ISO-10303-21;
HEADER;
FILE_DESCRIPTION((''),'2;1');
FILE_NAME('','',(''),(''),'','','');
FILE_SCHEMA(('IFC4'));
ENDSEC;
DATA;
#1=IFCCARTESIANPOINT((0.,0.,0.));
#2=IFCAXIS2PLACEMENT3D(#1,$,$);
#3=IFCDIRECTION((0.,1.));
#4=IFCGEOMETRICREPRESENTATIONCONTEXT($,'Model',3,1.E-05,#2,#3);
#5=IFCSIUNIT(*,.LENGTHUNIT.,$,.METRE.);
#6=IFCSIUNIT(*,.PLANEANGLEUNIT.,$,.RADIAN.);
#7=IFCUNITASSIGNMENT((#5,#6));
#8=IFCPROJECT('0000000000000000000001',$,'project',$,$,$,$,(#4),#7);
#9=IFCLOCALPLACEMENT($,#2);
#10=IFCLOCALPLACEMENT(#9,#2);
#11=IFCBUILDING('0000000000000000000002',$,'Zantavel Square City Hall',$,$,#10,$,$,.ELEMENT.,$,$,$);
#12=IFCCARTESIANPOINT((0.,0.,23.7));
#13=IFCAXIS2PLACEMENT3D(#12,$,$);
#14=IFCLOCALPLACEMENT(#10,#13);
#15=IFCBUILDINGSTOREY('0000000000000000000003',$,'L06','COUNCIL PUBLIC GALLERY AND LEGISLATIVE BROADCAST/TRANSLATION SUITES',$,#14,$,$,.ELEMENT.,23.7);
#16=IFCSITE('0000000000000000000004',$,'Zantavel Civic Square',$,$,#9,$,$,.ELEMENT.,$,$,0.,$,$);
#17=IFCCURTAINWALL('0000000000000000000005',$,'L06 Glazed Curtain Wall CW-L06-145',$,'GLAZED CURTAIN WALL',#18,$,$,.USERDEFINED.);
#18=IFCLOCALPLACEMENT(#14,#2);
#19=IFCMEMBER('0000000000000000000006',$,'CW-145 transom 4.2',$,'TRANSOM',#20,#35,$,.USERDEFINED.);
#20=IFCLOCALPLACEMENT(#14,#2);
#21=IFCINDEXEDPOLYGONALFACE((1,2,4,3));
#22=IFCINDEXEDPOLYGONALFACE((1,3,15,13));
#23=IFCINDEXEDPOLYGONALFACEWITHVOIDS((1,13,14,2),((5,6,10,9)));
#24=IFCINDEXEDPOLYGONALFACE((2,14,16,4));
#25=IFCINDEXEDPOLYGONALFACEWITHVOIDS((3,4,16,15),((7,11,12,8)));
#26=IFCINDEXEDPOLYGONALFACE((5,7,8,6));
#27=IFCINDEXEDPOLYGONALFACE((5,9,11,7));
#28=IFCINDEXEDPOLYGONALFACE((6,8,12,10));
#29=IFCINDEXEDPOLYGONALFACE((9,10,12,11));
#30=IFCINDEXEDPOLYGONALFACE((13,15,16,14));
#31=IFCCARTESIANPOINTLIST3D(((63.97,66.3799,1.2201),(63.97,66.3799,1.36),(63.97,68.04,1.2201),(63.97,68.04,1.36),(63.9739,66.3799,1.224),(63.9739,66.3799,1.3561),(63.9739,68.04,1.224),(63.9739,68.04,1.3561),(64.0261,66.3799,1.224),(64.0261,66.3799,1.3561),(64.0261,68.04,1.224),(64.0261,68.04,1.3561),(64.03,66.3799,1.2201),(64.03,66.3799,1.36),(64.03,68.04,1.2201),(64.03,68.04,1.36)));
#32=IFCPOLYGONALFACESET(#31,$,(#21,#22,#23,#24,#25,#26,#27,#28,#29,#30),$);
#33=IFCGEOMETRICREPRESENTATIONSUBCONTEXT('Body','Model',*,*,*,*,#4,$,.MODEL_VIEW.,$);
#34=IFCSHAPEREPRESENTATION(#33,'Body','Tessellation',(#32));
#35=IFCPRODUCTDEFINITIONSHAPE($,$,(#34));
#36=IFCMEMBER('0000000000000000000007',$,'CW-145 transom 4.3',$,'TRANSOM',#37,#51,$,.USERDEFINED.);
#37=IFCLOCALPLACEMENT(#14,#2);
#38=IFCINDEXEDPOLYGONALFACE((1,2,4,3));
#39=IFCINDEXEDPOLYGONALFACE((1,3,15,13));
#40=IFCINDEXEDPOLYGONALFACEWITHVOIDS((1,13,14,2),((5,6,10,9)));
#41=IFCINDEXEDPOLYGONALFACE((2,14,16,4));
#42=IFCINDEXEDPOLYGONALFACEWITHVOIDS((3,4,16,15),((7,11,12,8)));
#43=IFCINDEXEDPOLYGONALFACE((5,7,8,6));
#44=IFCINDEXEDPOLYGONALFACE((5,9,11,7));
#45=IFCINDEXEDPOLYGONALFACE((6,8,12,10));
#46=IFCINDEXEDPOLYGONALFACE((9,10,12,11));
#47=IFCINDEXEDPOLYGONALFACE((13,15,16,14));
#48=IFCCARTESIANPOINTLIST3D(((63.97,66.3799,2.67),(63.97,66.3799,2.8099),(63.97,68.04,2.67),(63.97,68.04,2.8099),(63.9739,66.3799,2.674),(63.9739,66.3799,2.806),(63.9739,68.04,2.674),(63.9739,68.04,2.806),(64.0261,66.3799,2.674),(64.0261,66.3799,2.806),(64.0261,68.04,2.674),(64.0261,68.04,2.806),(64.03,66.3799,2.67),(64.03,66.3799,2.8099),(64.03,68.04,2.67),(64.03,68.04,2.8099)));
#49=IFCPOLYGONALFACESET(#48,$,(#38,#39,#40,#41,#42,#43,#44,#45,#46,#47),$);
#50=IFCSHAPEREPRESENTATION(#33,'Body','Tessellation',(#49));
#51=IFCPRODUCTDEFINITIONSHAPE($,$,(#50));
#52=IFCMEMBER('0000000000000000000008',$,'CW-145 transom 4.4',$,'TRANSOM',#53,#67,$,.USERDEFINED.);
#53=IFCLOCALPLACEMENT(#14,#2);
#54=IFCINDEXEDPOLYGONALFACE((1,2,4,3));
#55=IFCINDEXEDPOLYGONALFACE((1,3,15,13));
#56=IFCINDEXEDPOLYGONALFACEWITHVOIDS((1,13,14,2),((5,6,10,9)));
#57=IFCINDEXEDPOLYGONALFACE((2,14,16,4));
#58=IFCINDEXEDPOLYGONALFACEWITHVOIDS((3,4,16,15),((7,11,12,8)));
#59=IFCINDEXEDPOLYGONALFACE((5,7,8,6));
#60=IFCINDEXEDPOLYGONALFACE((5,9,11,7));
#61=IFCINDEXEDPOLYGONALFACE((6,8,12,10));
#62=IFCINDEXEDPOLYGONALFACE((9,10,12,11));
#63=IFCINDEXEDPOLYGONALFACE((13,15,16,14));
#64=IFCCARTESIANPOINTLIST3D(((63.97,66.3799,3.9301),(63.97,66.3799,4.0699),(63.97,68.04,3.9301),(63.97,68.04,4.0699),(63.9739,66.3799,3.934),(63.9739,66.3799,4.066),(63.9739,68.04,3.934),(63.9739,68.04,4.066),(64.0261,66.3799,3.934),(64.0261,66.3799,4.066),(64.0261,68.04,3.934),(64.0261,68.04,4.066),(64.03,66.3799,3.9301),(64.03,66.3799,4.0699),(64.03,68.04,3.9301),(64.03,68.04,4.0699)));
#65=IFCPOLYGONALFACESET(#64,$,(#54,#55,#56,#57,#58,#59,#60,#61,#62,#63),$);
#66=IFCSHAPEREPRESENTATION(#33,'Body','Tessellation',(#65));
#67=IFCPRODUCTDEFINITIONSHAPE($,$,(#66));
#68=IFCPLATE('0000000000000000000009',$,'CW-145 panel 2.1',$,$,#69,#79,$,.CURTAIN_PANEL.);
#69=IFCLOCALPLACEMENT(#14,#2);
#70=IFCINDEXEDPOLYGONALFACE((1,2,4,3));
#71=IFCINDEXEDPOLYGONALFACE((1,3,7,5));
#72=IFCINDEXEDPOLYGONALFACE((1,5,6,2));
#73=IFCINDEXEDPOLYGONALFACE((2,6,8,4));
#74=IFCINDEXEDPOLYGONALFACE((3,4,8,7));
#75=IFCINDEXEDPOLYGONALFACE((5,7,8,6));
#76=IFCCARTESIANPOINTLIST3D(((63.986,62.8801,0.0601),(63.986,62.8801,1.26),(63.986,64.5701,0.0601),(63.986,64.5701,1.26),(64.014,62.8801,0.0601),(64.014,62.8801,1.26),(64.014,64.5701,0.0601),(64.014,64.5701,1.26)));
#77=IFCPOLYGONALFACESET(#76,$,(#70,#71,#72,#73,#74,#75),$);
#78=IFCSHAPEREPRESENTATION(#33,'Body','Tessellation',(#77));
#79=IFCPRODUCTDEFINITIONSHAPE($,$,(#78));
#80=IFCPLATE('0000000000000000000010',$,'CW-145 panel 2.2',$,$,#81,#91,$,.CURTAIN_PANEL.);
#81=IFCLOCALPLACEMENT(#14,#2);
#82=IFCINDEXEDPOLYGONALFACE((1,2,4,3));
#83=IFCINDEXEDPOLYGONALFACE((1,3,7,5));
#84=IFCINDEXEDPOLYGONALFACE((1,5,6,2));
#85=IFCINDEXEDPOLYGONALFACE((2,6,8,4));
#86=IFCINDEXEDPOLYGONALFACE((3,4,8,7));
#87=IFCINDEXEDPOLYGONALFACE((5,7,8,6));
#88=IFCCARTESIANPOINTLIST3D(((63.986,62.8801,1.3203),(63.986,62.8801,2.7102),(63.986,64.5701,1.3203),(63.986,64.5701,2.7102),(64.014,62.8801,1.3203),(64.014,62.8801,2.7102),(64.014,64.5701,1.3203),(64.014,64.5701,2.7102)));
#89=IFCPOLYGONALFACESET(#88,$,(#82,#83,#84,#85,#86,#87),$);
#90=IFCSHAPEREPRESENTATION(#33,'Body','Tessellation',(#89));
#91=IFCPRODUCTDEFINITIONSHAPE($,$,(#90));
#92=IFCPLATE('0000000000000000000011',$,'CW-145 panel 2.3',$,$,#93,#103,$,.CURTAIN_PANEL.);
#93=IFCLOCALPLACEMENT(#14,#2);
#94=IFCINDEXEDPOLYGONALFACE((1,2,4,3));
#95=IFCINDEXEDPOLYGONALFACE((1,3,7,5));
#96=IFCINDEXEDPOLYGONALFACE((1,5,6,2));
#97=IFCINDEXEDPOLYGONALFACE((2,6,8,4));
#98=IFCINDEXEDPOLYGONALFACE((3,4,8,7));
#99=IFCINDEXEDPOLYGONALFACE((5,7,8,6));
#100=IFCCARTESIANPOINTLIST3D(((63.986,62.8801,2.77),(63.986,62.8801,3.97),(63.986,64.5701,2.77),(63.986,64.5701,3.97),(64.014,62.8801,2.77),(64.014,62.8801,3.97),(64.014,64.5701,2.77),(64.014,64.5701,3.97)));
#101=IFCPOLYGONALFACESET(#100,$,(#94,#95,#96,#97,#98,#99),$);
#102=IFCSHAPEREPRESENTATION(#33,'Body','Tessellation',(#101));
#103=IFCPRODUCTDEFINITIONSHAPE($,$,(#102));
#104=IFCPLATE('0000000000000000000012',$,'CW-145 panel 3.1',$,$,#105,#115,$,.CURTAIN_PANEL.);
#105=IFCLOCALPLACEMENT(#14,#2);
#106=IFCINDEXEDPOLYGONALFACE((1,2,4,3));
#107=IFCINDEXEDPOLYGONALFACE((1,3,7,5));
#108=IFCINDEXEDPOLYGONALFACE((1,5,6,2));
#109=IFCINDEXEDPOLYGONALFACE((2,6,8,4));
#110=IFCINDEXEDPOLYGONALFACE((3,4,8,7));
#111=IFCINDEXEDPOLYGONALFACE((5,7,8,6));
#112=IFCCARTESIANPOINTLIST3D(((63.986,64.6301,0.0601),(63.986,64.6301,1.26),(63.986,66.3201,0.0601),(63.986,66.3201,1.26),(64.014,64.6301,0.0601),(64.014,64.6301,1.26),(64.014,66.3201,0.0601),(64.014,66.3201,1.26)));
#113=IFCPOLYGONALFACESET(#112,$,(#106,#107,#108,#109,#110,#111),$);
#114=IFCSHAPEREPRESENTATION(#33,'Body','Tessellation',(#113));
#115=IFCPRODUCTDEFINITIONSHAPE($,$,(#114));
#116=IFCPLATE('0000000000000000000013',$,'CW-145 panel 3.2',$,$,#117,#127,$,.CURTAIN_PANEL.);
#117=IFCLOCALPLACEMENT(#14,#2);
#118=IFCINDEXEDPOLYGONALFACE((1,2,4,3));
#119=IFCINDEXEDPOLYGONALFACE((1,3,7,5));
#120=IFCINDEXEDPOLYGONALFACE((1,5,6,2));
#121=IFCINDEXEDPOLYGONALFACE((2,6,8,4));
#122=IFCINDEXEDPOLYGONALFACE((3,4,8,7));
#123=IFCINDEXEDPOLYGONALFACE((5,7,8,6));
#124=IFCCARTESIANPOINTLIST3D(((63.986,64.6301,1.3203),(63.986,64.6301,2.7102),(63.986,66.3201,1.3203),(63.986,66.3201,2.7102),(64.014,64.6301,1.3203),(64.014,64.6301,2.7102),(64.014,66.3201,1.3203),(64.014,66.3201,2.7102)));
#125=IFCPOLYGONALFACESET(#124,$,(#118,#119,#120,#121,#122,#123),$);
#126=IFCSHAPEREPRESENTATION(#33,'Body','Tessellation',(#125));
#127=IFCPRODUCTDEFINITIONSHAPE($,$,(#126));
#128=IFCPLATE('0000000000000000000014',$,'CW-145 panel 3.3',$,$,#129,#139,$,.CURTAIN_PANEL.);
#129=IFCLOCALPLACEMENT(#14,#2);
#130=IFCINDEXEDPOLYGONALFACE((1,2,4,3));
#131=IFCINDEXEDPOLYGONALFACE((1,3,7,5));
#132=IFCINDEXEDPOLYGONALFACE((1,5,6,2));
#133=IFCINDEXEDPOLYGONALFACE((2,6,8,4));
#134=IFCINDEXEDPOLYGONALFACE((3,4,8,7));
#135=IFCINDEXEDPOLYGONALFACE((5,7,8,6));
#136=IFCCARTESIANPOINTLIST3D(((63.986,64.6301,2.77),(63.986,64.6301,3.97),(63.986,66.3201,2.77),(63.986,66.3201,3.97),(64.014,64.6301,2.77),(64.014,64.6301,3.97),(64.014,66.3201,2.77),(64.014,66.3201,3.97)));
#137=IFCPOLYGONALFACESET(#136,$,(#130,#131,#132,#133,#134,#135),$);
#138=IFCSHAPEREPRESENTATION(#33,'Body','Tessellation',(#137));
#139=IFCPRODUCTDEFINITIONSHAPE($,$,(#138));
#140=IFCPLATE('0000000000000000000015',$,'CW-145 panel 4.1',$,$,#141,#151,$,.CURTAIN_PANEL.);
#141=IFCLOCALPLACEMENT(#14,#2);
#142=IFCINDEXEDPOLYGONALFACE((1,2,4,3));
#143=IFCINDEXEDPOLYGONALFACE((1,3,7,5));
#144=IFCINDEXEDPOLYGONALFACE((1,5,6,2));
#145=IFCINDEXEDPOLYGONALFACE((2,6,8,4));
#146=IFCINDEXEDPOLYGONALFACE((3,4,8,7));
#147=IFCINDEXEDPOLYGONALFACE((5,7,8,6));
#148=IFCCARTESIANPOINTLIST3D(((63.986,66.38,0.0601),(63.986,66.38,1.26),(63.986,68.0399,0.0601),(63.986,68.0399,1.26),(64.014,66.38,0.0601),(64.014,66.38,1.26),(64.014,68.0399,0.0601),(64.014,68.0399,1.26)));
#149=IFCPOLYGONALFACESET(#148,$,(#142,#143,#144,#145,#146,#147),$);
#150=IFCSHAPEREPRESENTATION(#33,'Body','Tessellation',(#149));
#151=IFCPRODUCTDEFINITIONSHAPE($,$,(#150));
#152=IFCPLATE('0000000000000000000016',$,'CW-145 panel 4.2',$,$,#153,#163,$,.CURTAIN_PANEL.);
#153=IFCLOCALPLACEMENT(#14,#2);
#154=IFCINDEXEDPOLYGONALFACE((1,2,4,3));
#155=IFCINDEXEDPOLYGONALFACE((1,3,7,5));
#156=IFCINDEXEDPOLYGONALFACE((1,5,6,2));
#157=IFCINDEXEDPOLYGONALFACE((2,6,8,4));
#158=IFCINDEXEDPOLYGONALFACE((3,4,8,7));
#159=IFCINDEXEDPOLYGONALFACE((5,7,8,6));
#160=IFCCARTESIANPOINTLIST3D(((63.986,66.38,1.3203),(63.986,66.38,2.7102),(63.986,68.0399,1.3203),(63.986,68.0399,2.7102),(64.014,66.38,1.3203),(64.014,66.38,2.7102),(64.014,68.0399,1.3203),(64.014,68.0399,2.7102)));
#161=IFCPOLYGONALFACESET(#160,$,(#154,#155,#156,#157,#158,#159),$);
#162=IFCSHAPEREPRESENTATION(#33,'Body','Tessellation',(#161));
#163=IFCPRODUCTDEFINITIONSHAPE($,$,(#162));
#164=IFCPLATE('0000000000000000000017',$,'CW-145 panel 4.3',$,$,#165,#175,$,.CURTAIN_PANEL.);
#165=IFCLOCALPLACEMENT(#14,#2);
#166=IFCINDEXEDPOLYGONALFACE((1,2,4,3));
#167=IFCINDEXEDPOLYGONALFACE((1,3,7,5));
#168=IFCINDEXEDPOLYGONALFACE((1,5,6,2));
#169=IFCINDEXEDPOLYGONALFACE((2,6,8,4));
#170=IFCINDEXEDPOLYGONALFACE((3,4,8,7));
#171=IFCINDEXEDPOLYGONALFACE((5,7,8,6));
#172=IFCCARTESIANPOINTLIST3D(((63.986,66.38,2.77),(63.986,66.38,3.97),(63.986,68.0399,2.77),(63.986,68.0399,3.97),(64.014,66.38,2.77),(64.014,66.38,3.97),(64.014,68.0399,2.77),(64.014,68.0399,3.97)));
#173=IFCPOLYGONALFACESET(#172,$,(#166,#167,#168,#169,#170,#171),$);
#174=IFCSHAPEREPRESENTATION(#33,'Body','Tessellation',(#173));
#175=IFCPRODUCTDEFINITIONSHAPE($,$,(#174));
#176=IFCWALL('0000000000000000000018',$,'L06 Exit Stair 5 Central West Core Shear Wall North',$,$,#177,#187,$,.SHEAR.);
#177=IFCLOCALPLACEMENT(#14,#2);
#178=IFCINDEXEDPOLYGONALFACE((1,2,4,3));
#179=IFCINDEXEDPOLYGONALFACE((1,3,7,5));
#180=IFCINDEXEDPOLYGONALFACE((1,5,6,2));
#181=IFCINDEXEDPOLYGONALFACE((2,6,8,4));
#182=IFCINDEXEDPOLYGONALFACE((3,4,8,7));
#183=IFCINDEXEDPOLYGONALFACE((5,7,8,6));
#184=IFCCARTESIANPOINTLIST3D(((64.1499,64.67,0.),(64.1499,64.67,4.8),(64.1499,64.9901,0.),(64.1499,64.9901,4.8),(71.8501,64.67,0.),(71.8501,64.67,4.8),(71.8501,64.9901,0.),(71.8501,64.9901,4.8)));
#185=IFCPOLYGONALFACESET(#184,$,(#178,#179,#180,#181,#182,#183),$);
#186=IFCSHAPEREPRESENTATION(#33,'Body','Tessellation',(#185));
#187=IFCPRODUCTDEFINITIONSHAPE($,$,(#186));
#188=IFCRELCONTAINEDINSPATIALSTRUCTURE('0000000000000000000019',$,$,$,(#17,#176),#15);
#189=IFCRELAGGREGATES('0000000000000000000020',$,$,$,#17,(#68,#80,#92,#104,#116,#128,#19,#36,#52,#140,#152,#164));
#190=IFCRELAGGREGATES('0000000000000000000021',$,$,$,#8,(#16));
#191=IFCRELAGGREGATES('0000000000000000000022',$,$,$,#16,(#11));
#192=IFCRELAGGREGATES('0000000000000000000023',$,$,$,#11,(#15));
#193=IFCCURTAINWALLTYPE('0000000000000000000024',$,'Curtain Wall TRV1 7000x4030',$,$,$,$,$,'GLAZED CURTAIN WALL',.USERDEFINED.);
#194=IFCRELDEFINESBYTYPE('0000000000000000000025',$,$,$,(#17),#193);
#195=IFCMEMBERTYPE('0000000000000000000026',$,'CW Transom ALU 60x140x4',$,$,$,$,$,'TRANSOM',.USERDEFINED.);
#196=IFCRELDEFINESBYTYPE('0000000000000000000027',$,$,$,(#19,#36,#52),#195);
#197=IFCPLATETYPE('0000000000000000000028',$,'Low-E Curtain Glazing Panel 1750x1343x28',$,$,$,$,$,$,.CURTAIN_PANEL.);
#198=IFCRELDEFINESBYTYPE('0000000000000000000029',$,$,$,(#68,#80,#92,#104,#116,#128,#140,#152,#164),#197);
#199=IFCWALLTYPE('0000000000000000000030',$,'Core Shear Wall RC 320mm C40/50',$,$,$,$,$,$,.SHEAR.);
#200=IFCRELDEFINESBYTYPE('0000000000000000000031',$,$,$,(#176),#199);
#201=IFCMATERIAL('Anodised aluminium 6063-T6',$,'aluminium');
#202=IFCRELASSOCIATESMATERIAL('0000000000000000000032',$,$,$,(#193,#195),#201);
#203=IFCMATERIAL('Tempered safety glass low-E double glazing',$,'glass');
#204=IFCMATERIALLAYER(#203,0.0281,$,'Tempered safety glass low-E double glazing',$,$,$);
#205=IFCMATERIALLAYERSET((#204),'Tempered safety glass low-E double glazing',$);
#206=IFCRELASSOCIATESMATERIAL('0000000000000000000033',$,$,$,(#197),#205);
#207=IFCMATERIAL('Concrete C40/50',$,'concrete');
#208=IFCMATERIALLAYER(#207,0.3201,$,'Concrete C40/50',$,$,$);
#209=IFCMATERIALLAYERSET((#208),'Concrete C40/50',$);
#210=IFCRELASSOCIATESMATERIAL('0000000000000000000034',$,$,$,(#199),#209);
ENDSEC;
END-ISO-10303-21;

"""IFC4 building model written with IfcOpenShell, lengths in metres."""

from ifc_helpers import new_model, si_unit, direction, frame, frame_2d, origin, origin_2d, place, context, subcontext, project, spatial, rectangle, hollow_rectangle, extrude, material, layer, layer_set, material_profile, profile_set, type_object, element, aggregate, save


model = new_model("IFC4")

# Units and contexts
model_context = context("Model", 3, precision=1e-05, world=origin(), true_north=direction((0.0, 1.0)))
body_context = subcontext(model_context, "Body", "Model", "MODEL_VIEW")
ifc_project = project(units=[si_unit("LENGTHUNIT", "METRE"), si_unit("PLANEANGLEUNIT", "RADIAN")], contexts=[model_context])

# Site, building, storey
site_placement = place(None, origin())
site = spatial("IfcSite", under=ifc_project, at=site_placement, Name="Zantavel Civic Square", CompositionType="ELEMENT", RefElevation=0.0)
building_placement = place(site_placement, origin())
building = spatial("IfcBuilding", under=site, at=building_placement, Name="Zantavel Square City Hall", CompositionType="ELEMENT")
storey_placement = place(building_placement, frame((0.0, 0.0, 23.7)))
storey = spatial("IfcBuildingStorey", under=building, at=storey_placement, Name="L06", Description="COUNCIL PUBLIC GALLERY AND LEGISLATIVE BROADCAST/TRANSLATION SUITES", CompositionType="ELEMENT", Elevation=23.7)

# Shared definitions
ifc_material_1 = material(Name="Concrete C40/50", Category="concrete")

# Curtain wall, members, plates
ifc_material_2 = material(Name="Anodised aluminium 6063-T6", Category="aluminium")
curtain_wall_type = type_object("IfcCurtainWallType", Name="Curtain Wall TRV1 7000x4030", ElementType="GLAZED CURTAIN WALL", PredefinedType="USERDEFINED", material=ifc_material_2)
curtain_wall_placement = place(storey_placement, origin())
curtain_wall = element("IfcCurtainWall", 1, at=curtain_wall_placement, inside=storey, type_object=curtain_wall_type, Name="L06 Glazed Curtain Wall CW-L06-145", ObjectType="GLAZED CURTAIN WALL", PredefinedType="USERDEFINED")
ifc_material_profile_1 = material_profile(ifc_material_2, hollow_rectangle(XDim=0.0601, YDim=0.1399, WallThickness=0.0039, at=origin_2d()), Name="ALU 60x140x4")
ifc_profile_set_1 = profile_set([ifc_material_profile_1], Name="Anodised aluminium 6063-T6")
member_type_1 = type_object("IfcMemberType", Name="CW Transom ALU 60x140x4", ElementType="TRANSOM", PredefinedType="USERDEFINED", material=ifc_profile_set_1)
member_1_placement = place(storey_placement, frame((64.0, 66.3799, 1.29), z_axis=(0.0, 1.0, 0.0), x_axis=(-1.0, 0.0, 0.0)))
member_1 = element("IfcMember", 2, at=member_1_placement, type_object=member_type_1, Name="CW-145 transom 4.2", ObjectType="TRANSOM", PredefinedType="USERDEFINED", context=body_context, shape_type="SweptSolid", body=[
    extrude(hollow_rectangle(XDim=0.0601, YDim=0.1399, WallThickness=0.0039, at=origin_2d()), origin(), (0.0, 0.0, 1.0), 1.6602),
])
member_2_placement = place(storey_placement, frame((64.0, 66.3799, 2.74), z_axis=(0.0, 1.0, 0.0), x_axis=(-1.0, 0.0, 0.0)))
member_2 = element("IfcMember", 3, at=member_2_placement, type_object=member_type_1, Name="CW-145 transom 4.3", ObjectType="TRANSOM", PredefinedType="USERDEFINED", context=body_context, shape_type="SweptSolid", body=[
    extrude(hollow_rectangle(XDim=0.0601, YDim=0.1399, WallThickness=0.0039, at=origin_2d()), origin(), (0.0, 0.0, 1.0), 1.6602),
])
member_3_placement = place(storey_placement, frame((64.0, 66.3799, 4.0), z_axis=(0.0, 1.0, 0.0), x_axis=(-1.0, 0.0, 0.0)))
member_3 = element("IfcMember", 4, at=member_3_placement, type_object=member_type_1, Name="CW-145 transom 4.4", ObjectType="TRANSOM", PredefinedType="USERDEFINED", context=body_context, shape_type="SweptSolid", body=[
    extrude(hollow_rectangle(XDim=0.0601, YDim=0.1399, WallThickness=0.0039, at=origin_2d()), origin(), (0.0, 0.0, 1.0), 1.6602),
])
ifc_material_3 = material(Name="Tempered safety glass low-E double glazing", Category="glass")
ifc_layer_1 = layer(ifc_material_3, 0.0281, Name="Tempered safety glass low-E double glazing")
ifc_layer_set_1 = layer_set([ifc_layer_1], Name="Tempered safety glass low-E double glazing")
plate_type = type_object("IfcPlateType", Name="Low-E Curtain Glazing Panel 1750x1343x28", PredefinedType="CURTAIN_PANEL", material=ifc_layer_set_1)
plate_1_placement = place(storey_placement, frame((64.0, 63.7251, 0.0601), z_axis=(0.0, 0.0, 1.0), x_axis=(0.0, 1.0, 0.0)))
plate_1 = element("IfcPlate", 5, at=plate_1_placement, type_object=plate_type, Name="CW-145 panel 2.1", PredefinedType="CURTAIN_PANEL", context=body_context, shape_type="SweptSolid", body=[
    extrude(rectangle(XDim=1.6899, YDim=0.0281, at=origin_2d()), origin(), (0.0, 0.0, 1.0), 1.2),
])
plate_2_placement = place(storey_placement, frame((64.0, 63.7251, 1.3203), z_axis=(0.0, 0.0, 1.0), x_axis=(0.0, 1.0, 0.0)))
plate_2 = element("IfcPlate", 6, at=plate_2_placement, type_object=plate_type, Name="CW-145 panel 2.2", PredefinedType="CURTAIN_PANEL", context=body_context, shape_type="SweptSolid", body=[
    extrude(rectangle(XDim=1.6899, YDim=0.0281, at=origin_2d()), origin(), (0.0, 0.0, 1.0), 1.3899),
])
plate_3_placement = place(storey_placement, frame((64.0, 63.7251, 2.77), z_axis=(0.0, 0.0, 1.0), x_axis=(0.0, 1.0, 0.0)))
plate_3 = element("IfcPlate", 7, at=plate_3_placement, type_object=plate_type, Name="CW-145 panel 2.3", PredefinedType="CURTAIN_PANEL", context=body_context, shape_type="SweptSolid", body=[
    extrude(rectangle(XDim=1.6899, YDim=0.0281, at=origin_2d()), origin(), (0.0, 0.0, 1.0), 1.2),
])
plate_4_placement = place(storey_placement, frame((64.0, 65.4751, 0.0601), z_axis=(0.0, 0.0, 1.0), x_axis=(0.0, 1.0, 0.0)))
plate_4 = element("IfcPlate", 8, at=plate_4_placement, type_object=plate_type, Name="CW-145 panel 3.1", PredefinedType="CURTAIN_PANEL", context=body_context, shape_type="SweptSolid", body=[
    extrude(rectangle(XDim=1.6899, YDim=0.0281, at=origin_2d()), origin(), (0.0, 0.0, 1.0), 1.2),
])
plate_5_placement = place(storey_placement, frame((64.0, 65.4751, 1.3203), z_axis=(0.0, 0.0, 1.0), x_axis=(0.0, 1.0, 0.0)))
plate_5 = element("IfcPlate", 9, at=plate_5_placement, type_object=plate_type, Name="CW-145 panel 3.2", PredefinedType="CURTAIN_PANEL", context=body_context, shape_type="SweptSolid", body=[
    extrude(rectangle(XDim=1.6899, YDim=0.0281, at=origin_2d()), origin(), (0.0, 0.0, 1.0), 1.3899),
])
plate_6_placement = place(storey_placement, frame((64.0, 65.4751, 2.77), z_axis=(0.0, 0.0, 1.0), x_axis=(0.0, 1.0, 0.0)))
plate_6 = element("IfcPlate", 10, at=plate_6_placement, type_object=plate_type, Name="CW-145 panel 3.3", PredefinedType="CURTAIN_PANEL", context=body_context, shape_type="SweptSolid", body=[
    extrude(rectangle(XDim=1.6899, YDim=0.0281, at=origin_2d()), origin(), (0.0, 0.0, 1.0), 1.2),
])
plate_7_placement = place(storey_placement, frame((64.0, 67.21, 0.0601), z_axis=(0.0, 0.0, 1.0), x_axis=(0.0, 1.0, 0.0)))
plate_7 = element("IfcPlate", 11, at=plate_7_placement, type_object=plate_type, Name="CW-145 panel 4.1", PredefinedType="CURTAIN_PANEL", context=body_context, shape_type="SweptSolid", body=[
    extrude(rectangle(XDim=1.6599, YDim=0.0281, at=origin_2d()), origin(), (0.0, 0.0, 1.0), 1.2),
])
plate_8_placement = place(storey_placement, frame((64.0, 67.21, 1.3203), z_axis=(0.0, 0.0, 1.0), x_axis=(0.0, 1.0, 0.0)))
plate_8 = element("IfcPlate", 12, at=plate_8_placement, type_object=plate_type, Name="CW-145 panel 4.2", PredefinedType="CURTAIN_PANEL", context=body_context, shape_type="SweptSolid", body=[
    extrude(rectangle(XDim=1.6599, YDim=0.0281, at=origin_2d()), origin(), (0.0, 0.0, 1.0), 1.3899),
])
plate_9_placement = place(storey_placement, frame((64.0, 67.21, 2.77), z_axis=(0.0, 0.0, 1.0), x_axis=(0.0, 1.0, 0.0)))
plate_9 = element("IfcPlate", 13, at=plate_9_placement, type_object=plate_type, Name="CW-145 panel 4.3", PredefinedType="CURTAIN_PANEL", context=body_context, shape_type="SweptSolid", body=[
    extrude(rectangle(XDim=1.6599, YDim=0.0281, at=origin_2d()), origin(), (0.0, 0.0, 1.0), 1.2),
])
aggregate(curtain_wall, [plate_1, plate_2, plate_3, plate_4, plate_5, plate_6, member_1, member_2, member_3, plate_7, plate_8, plate_9])

# Wall
ifc_layer_2 = layer(ifc_material_1, 0.3201, Name="Concrete C40/50")
ifc_layer_set_2 = layer_set([ifc_layer_2], Name="Concrete C40/50")
wall_type = type_object("IfcWallType", Name="Core Shear Wall RC 320mm C40/50", PredefinedType="SHEAR", material=ifc_layer_set_2)
wall_placement = place(storey_placement, frame((64.1499, 64.8301, 0.0), z_axis=(0.0, 0.0, 1.0), x_axis=(1.0, 0.0, 0.0)))
element("IfcWall", 14, at=wall_placement, inside=storey, type_object=wall_type, Name="L06 Exit Stair 5 Central West Core Shear Wall North", PredefinedType="SHEAR", context=body_context, shape_type="SweptSolid", body=[
    extrude(rectangle(XDim=7.7002, YDim=0.3201, at=frame_2d((3.8501, 0.0))), origin(), (0.0, 0.0, 1.0), 4.8),
])

save(model, "model.ifc")
